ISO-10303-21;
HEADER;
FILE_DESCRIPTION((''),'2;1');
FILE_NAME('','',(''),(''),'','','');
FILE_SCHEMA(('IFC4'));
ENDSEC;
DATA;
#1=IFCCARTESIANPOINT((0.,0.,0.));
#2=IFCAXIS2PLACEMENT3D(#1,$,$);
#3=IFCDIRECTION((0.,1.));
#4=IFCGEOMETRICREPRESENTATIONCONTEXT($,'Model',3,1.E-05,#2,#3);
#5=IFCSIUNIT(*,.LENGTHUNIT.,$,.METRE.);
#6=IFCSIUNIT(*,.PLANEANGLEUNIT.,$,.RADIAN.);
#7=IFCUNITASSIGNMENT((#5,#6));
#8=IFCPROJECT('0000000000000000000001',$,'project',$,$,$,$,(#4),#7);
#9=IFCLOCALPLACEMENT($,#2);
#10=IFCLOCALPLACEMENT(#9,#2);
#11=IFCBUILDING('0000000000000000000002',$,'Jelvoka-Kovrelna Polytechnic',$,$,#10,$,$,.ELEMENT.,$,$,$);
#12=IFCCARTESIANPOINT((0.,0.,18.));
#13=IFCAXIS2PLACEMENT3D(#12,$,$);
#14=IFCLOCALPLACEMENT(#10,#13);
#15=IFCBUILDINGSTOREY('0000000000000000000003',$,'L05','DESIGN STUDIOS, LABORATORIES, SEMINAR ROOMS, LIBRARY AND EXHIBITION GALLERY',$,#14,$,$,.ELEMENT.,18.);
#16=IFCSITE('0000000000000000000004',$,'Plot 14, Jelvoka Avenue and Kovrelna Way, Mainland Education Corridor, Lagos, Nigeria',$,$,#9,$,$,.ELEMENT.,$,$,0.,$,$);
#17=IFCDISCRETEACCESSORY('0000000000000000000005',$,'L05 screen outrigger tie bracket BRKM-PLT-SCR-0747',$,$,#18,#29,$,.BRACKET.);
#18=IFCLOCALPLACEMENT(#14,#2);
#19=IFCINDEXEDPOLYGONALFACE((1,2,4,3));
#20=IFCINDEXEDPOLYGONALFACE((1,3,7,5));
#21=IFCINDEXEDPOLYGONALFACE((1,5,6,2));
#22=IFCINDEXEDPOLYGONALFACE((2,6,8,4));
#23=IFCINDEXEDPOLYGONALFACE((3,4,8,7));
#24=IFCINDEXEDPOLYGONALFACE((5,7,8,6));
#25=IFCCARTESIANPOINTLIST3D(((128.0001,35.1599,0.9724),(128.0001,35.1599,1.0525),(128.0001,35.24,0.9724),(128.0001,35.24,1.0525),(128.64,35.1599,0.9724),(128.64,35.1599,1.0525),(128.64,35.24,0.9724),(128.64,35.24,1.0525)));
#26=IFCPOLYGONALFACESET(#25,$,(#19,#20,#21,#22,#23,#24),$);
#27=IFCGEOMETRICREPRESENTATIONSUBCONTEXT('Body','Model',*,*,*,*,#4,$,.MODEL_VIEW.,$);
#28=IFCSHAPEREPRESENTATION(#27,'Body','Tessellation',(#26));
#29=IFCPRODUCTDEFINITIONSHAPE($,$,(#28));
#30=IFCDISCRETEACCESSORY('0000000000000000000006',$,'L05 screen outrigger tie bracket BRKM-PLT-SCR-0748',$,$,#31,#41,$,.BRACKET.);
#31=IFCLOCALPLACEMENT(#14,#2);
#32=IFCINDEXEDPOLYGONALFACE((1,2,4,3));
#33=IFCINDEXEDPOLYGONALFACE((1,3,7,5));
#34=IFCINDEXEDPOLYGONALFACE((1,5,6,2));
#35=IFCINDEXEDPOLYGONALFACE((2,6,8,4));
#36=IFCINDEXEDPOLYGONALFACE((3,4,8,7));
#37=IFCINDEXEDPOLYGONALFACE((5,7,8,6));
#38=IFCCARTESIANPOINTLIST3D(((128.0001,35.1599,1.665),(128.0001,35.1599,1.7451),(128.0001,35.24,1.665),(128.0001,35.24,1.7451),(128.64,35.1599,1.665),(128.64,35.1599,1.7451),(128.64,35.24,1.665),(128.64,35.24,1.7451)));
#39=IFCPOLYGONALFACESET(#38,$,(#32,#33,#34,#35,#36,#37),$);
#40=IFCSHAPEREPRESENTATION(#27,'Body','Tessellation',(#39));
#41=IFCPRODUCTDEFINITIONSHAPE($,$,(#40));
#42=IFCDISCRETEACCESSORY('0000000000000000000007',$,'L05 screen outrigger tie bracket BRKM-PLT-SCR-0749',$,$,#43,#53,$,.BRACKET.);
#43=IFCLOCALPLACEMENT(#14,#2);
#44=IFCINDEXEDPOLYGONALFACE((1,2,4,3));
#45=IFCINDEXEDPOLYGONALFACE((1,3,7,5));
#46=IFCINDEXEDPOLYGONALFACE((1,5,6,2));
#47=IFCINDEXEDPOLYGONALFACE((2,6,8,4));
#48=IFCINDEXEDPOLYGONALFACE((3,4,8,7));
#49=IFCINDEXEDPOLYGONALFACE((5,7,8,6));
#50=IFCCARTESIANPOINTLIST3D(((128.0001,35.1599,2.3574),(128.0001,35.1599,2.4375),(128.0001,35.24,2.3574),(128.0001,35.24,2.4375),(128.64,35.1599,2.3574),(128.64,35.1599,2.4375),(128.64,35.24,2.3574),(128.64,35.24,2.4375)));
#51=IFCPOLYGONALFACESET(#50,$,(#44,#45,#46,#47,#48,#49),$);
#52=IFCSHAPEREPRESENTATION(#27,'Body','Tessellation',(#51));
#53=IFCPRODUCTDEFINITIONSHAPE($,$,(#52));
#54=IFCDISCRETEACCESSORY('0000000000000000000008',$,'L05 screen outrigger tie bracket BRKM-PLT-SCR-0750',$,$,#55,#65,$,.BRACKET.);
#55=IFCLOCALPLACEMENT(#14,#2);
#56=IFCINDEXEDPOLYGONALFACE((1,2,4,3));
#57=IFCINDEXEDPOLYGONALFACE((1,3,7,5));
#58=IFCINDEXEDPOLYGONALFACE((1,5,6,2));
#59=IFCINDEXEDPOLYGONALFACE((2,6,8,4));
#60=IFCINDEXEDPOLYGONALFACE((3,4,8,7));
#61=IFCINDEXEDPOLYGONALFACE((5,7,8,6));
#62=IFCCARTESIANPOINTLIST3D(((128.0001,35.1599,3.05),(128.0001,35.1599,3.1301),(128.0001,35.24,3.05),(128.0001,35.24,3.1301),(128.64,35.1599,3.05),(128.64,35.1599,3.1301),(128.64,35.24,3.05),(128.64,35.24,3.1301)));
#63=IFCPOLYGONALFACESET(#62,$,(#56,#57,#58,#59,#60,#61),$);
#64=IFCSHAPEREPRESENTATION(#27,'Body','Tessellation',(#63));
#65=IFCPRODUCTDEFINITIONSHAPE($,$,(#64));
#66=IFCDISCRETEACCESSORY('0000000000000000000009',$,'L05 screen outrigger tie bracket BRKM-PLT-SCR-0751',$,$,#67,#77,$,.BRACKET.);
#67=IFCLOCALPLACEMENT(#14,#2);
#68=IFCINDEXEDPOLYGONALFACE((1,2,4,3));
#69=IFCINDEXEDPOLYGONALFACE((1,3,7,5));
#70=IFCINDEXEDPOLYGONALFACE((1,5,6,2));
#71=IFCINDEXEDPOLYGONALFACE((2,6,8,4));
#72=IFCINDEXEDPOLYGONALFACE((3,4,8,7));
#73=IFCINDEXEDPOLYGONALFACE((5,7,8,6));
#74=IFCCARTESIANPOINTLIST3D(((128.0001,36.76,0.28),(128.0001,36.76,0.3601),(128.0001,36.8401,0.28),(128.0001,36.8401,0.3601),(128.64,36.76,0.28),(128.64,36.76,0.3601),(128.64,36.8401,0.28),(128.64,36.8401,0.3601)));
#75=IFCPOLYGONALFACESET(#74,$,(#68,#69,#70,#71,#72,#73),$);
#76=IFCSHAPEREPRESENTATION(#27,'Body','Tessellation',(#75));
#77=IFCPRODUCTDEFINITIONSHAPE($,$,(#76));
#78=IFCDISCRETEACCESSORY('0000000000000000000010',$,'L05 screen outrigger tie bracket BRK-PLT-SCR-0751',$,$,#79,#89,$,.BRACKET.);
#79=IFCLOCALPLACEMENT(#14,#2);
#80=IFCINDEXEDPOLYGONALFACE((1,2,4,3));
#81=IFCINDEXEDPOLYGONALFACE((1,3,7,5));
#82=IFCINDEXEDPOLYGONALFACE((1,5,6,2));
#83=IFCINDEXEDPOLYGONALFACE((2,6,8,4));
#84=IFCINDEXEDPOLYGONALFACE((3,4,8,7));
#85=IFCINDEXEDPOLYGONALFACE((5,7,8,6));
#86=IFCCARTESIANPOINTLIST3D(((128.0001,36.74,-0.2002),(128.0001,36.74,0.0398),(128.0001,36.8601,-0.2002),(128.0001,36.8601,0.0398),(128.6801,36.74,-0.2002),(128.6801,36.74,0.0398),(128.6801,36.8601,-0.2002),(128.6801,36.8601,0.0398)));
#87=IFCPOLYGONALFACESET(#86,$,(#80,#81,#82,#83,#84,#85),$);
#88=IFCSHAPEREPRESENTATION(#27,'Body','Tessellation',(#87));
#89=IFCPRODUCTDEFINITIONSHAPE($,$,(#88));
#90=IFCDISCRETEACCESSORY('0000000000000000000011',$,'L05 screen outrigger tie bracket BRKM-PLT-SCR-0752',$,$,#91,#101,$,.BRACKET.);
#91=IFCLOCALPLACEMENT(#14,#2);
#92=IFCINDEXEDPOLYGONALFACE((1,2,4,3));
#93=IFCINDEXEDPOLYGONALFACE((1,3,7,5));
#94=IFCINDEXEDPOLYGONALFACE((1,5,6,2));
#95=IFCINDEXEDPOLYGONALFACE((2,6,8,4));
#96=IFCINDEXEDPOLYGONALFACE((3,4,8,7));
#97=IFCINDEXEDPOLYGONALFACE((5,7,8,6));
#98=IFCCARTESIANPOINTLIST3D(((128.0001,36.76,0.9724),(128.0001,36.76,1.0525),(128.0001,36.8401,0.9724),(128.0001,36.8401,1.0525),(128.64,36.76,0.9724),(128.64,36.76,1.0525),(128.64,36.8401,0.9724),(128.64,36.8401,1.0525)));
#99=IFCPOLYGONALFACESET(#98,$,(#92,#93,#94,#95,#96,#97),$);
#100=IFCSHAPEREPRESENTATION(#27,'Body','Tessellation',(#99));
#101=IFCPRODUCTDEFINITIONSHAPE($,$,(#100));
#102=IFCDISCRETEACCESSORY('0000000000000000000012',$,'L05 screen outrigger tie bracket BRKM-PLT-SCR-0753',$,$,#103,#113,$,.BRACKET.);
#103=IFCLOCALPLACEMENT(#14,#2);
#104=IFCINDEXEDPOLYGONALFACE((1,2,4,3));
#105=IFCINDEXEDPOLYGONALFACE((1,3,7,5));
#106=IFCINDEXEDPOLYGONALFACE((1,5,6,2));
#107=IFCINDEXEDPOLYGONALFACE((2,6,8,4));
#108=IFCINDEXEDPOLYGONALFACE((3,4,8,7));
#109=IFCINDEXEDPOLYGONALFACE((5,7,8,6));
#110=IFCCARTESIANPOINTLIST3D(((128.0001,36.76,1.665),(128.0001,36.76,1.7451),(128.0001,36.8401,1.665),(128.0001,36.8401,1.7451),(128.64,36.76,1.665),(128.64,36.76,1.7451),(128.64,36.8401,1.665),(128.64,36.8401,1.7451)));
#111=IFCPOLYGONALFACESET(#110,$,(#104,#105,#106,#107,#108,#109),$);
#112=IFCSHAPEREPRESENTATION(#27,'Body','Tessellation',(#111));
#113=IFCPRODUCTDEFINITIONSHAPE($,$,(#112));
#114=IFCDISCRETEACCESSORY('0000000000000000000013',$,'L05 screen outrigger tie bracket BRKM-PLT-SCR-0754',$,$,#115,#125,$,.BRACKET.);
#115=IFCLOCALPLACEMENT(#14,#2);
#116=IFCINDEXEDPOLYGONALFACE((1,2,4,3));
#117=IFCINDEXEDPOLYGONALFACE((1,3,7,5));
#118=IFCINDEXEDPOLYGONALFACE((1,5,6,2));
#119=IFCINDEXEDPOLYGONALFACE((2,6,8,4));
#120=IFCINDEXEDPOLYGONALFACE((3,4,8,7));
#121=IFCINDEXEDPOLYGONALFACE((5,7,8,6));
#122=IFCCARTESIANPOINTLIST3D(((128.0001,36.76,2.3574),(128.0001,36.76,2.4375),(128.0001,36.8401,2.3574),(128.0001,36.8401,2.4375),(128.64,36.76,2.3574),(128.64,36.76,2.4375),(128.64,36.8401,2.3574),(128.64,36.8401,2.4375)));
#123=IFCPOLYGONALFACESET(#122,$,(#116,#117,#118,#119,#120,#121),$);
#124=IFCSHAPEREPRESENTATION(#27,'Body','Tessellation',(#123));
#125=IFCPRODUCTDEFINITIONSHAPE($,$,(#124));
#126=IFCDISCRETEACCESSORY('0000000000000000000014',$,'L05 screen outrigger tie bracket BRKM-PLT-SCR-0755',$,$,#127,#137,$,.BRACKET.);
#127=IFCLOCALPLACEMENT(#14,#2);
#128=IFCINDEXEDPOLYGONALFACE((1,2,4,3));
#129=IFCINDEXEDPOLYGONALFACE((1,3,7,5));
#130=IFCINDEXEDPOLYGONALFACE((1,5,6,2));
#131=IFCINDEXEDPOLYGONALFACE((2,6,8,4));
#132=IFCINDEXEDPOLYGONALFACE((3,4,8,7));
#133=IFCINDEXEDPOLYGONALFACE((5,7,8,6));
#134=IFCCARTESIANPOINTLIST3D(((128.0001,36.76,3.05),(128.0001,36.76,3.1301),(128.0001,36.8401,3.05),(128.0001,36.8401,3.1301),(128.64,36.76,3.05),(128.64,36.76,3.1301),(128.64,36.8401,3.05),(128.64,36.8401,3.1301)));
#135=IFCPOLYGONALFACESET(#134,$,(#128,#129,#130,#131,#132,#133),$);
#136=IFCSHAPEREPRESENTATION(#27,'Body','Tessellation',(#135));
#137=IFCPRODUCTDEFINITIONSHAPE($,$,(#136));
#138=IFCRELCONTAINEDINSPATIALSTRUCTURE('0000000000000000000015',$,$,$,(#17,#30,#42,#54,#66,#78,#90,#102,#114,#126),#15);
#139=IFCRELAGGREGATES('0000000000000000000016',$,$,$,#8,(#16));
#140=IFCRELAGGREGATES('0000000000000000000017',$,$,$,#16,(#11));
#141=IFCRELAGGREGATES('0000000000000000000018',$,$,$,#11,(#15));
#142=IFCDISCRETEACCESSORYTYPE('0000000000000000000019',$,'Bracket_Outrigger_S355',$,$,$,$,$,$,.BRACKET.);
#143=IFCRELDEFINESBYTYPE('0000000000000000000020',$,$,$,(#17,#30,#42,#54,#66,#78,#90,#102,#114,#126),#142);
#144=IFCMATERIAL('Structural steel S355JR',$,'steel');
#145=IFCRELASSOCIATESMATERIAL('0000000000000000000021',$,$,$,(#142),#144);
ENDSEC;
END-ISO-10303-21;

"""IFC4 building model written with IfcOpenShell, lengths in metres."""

from ifc_helpers import new_model, si_unit, direction, frame, origin, origin_2d, place, context, subcontext, project, spatial, rectangle, extrude, material, type_object, element, save


model = new_model("IFC4")

# Units and contexts
model_context = context("Model", 3, precision=1e-05, world=origin(), true_north=direction((0.0, 1.0)))
body_context = subcontext(model_context, "Body", "Model", "MODEL_VIEW")
ifc_project = project(units=[si_unit("LENGTHUNIT", "METRE"), si_unit("PLANEANGLEUNIT", "RADIAN")], contexts=[model_context])

# Site, building, storey
site_placement = place(None, origin())
site = spatial("IfcSite", under=ifc_project, at=site_placement, Name="Plot 14, Jelvoka Avenue and Kovrelna Way, Mainland Education Corridor, Lagos, Nigeria", CompositionType="ELEMENT", RefElevation=0.0)
building_placement = place(site_placement, origin())
building = spatial("IfcBuilding", under=site, at=building_placement, Name="Jelvoka-Kovrelna Polytechnic", CompositionType="ELEMENT")
storey_placement = place(building_placement, frame((0.0, 0.0, 18.0)))
storey = spatial("IfcBuildingStorey", under=building, at=storey_placement, Name="L05", Description="DESIGN STUDIOS, LABORATORIES, SEMINAR ROOMS, LIBRARY AND EXHIBITION GALLERY", CompositionType="ELEMENT", Elevation=18.0)

# Discrete accessories
ifc_material_1 = material(Name="Structural steel S355JR", Category="steel")
discrete_accessory_type = type_object("IfcDiscreteAccessoryType", Name="Bracket_Outrigger_S355", PredefinedType="BRACKET", material=ifc_material_1)
for number, where, z_axis, x_axis, name in (
    (1, (128.3201, 35.2, 0.9724), (0.0, 0.0, 1.0), (1.0, 0.0, 0.0), "L05 screen outrigger tie bracket BRKM-PLT-SCR-0747"),
    (2, (128.3201, 35.2, 1.665), (0.0, 0.0, 1.0), (1.0, 0.0, 0.0), "L05 screen outrigger tie bracket BRKM-PLT-SCR-0748"),
    (3, (128.3201, 35.2, 2.3574), (0.0, 0.0, 1.0), (1.0, 0.0, 0.0), "L05 screen outrigger tie bracket BRKM-PLT-SCR-0749"),
    (4, (128.3201, 35.2, 3.05), (0.0, 0.0, 1.0), (1.0, 0.0, 0.0), "L05 screen outrigger tie bracket BRKM-PLT-SCR-0750"),
    (5, (128.3201, 36.8, 0.28), (0.0, 0.0, 1.0), (1.0, 0.0, 0.0), "L05 screen outrigger tie bracket BRKM-PLT-SCR-0751"),
):
    element("IfcDiscreteAccessory", number, at=place(storey_placement, frame(where, z_axis=z_axis, x_axis=x_axis)), inside=storey, type_object=discrete_accessory_type, Name=name, PredefinedType="BRACKET", context=body_context, shape_type="SweptSolid", body=[
        extrude(rectangle(XDim=0.6399, YDim=0.0801, at=origin_2d()), origin(), (0.0, 0.0, 1.0), 0.0801),
    ])
discrete_accessory_placement = place(storey_placement, frame((128.3401, 36.8, -0.2002), z_axis=(0.0, 0.0, 1.0), x_axis=(1.0, 0.0, 0.0)))
element("IfcDiscreteAccessory", 6, at=discrete_accessory_placement, inside=storey, type_object=discrete_accessory_type, Name="L05 screen outrigger tie bracket BRK-PLT-SCR-0751", PredefinedType="BRACKET", context=body_context, shape_type="SweptSolid", body=[
    extrude(rectangle(XDim=0.6799, YDim=0.1201, at=origin_2d()), origin(), (0.0, 0.0, 1.0), 0.24),
])
for number, where, z_axis, x_axis, name in (
    (7, (128.3201, 36.8, 0.9724), (0.0, 0.0, 1.0), (1.0, 0.0, 0.0), "L05 screen outrigger tie bracket BRKM-PLT-SCR-0752"),
    (8, (128.3201, 36.8, 1.665), (0.0, 0.0, 1.0), (1.0, 0.0, 0.0), "L05 screen outrigger tie bracket BRKM-PLT-SCR-0753"),
    (9, (128.3201, 36.8, 2.3574), (0.0, 0.0, 1.0), (1.0, 0.0, 0.0), "L05 screen outrigger tie bracket BRKM-PLT-SCR-0754"),
    (10, (128.3201, 36.8, 3.05), (0.0, 0.0, 1.0), (1.0, 0.0, 0.0), "L05 screen outrigger tie bracket BRKM-PLT-SCR-0755"),
):
    element("IfcDiscreteAccessory", number, at=place(storey_placement, frame(where, z_axis=z_axis, x_axis=x_axis)), inside=storey, type_object=discrete_accessory_type, Name=name, PredefinedType="BRACKET", context=body_context, shape_type="SweptSolid", body=[
        extrude(rectangle(XDim=0.6399, YDim=0.0801, at=origin_2d()), origin(), (0.0, 0.0, 1.0), 0.0801),
    ])

save(model, "model.ifc")
